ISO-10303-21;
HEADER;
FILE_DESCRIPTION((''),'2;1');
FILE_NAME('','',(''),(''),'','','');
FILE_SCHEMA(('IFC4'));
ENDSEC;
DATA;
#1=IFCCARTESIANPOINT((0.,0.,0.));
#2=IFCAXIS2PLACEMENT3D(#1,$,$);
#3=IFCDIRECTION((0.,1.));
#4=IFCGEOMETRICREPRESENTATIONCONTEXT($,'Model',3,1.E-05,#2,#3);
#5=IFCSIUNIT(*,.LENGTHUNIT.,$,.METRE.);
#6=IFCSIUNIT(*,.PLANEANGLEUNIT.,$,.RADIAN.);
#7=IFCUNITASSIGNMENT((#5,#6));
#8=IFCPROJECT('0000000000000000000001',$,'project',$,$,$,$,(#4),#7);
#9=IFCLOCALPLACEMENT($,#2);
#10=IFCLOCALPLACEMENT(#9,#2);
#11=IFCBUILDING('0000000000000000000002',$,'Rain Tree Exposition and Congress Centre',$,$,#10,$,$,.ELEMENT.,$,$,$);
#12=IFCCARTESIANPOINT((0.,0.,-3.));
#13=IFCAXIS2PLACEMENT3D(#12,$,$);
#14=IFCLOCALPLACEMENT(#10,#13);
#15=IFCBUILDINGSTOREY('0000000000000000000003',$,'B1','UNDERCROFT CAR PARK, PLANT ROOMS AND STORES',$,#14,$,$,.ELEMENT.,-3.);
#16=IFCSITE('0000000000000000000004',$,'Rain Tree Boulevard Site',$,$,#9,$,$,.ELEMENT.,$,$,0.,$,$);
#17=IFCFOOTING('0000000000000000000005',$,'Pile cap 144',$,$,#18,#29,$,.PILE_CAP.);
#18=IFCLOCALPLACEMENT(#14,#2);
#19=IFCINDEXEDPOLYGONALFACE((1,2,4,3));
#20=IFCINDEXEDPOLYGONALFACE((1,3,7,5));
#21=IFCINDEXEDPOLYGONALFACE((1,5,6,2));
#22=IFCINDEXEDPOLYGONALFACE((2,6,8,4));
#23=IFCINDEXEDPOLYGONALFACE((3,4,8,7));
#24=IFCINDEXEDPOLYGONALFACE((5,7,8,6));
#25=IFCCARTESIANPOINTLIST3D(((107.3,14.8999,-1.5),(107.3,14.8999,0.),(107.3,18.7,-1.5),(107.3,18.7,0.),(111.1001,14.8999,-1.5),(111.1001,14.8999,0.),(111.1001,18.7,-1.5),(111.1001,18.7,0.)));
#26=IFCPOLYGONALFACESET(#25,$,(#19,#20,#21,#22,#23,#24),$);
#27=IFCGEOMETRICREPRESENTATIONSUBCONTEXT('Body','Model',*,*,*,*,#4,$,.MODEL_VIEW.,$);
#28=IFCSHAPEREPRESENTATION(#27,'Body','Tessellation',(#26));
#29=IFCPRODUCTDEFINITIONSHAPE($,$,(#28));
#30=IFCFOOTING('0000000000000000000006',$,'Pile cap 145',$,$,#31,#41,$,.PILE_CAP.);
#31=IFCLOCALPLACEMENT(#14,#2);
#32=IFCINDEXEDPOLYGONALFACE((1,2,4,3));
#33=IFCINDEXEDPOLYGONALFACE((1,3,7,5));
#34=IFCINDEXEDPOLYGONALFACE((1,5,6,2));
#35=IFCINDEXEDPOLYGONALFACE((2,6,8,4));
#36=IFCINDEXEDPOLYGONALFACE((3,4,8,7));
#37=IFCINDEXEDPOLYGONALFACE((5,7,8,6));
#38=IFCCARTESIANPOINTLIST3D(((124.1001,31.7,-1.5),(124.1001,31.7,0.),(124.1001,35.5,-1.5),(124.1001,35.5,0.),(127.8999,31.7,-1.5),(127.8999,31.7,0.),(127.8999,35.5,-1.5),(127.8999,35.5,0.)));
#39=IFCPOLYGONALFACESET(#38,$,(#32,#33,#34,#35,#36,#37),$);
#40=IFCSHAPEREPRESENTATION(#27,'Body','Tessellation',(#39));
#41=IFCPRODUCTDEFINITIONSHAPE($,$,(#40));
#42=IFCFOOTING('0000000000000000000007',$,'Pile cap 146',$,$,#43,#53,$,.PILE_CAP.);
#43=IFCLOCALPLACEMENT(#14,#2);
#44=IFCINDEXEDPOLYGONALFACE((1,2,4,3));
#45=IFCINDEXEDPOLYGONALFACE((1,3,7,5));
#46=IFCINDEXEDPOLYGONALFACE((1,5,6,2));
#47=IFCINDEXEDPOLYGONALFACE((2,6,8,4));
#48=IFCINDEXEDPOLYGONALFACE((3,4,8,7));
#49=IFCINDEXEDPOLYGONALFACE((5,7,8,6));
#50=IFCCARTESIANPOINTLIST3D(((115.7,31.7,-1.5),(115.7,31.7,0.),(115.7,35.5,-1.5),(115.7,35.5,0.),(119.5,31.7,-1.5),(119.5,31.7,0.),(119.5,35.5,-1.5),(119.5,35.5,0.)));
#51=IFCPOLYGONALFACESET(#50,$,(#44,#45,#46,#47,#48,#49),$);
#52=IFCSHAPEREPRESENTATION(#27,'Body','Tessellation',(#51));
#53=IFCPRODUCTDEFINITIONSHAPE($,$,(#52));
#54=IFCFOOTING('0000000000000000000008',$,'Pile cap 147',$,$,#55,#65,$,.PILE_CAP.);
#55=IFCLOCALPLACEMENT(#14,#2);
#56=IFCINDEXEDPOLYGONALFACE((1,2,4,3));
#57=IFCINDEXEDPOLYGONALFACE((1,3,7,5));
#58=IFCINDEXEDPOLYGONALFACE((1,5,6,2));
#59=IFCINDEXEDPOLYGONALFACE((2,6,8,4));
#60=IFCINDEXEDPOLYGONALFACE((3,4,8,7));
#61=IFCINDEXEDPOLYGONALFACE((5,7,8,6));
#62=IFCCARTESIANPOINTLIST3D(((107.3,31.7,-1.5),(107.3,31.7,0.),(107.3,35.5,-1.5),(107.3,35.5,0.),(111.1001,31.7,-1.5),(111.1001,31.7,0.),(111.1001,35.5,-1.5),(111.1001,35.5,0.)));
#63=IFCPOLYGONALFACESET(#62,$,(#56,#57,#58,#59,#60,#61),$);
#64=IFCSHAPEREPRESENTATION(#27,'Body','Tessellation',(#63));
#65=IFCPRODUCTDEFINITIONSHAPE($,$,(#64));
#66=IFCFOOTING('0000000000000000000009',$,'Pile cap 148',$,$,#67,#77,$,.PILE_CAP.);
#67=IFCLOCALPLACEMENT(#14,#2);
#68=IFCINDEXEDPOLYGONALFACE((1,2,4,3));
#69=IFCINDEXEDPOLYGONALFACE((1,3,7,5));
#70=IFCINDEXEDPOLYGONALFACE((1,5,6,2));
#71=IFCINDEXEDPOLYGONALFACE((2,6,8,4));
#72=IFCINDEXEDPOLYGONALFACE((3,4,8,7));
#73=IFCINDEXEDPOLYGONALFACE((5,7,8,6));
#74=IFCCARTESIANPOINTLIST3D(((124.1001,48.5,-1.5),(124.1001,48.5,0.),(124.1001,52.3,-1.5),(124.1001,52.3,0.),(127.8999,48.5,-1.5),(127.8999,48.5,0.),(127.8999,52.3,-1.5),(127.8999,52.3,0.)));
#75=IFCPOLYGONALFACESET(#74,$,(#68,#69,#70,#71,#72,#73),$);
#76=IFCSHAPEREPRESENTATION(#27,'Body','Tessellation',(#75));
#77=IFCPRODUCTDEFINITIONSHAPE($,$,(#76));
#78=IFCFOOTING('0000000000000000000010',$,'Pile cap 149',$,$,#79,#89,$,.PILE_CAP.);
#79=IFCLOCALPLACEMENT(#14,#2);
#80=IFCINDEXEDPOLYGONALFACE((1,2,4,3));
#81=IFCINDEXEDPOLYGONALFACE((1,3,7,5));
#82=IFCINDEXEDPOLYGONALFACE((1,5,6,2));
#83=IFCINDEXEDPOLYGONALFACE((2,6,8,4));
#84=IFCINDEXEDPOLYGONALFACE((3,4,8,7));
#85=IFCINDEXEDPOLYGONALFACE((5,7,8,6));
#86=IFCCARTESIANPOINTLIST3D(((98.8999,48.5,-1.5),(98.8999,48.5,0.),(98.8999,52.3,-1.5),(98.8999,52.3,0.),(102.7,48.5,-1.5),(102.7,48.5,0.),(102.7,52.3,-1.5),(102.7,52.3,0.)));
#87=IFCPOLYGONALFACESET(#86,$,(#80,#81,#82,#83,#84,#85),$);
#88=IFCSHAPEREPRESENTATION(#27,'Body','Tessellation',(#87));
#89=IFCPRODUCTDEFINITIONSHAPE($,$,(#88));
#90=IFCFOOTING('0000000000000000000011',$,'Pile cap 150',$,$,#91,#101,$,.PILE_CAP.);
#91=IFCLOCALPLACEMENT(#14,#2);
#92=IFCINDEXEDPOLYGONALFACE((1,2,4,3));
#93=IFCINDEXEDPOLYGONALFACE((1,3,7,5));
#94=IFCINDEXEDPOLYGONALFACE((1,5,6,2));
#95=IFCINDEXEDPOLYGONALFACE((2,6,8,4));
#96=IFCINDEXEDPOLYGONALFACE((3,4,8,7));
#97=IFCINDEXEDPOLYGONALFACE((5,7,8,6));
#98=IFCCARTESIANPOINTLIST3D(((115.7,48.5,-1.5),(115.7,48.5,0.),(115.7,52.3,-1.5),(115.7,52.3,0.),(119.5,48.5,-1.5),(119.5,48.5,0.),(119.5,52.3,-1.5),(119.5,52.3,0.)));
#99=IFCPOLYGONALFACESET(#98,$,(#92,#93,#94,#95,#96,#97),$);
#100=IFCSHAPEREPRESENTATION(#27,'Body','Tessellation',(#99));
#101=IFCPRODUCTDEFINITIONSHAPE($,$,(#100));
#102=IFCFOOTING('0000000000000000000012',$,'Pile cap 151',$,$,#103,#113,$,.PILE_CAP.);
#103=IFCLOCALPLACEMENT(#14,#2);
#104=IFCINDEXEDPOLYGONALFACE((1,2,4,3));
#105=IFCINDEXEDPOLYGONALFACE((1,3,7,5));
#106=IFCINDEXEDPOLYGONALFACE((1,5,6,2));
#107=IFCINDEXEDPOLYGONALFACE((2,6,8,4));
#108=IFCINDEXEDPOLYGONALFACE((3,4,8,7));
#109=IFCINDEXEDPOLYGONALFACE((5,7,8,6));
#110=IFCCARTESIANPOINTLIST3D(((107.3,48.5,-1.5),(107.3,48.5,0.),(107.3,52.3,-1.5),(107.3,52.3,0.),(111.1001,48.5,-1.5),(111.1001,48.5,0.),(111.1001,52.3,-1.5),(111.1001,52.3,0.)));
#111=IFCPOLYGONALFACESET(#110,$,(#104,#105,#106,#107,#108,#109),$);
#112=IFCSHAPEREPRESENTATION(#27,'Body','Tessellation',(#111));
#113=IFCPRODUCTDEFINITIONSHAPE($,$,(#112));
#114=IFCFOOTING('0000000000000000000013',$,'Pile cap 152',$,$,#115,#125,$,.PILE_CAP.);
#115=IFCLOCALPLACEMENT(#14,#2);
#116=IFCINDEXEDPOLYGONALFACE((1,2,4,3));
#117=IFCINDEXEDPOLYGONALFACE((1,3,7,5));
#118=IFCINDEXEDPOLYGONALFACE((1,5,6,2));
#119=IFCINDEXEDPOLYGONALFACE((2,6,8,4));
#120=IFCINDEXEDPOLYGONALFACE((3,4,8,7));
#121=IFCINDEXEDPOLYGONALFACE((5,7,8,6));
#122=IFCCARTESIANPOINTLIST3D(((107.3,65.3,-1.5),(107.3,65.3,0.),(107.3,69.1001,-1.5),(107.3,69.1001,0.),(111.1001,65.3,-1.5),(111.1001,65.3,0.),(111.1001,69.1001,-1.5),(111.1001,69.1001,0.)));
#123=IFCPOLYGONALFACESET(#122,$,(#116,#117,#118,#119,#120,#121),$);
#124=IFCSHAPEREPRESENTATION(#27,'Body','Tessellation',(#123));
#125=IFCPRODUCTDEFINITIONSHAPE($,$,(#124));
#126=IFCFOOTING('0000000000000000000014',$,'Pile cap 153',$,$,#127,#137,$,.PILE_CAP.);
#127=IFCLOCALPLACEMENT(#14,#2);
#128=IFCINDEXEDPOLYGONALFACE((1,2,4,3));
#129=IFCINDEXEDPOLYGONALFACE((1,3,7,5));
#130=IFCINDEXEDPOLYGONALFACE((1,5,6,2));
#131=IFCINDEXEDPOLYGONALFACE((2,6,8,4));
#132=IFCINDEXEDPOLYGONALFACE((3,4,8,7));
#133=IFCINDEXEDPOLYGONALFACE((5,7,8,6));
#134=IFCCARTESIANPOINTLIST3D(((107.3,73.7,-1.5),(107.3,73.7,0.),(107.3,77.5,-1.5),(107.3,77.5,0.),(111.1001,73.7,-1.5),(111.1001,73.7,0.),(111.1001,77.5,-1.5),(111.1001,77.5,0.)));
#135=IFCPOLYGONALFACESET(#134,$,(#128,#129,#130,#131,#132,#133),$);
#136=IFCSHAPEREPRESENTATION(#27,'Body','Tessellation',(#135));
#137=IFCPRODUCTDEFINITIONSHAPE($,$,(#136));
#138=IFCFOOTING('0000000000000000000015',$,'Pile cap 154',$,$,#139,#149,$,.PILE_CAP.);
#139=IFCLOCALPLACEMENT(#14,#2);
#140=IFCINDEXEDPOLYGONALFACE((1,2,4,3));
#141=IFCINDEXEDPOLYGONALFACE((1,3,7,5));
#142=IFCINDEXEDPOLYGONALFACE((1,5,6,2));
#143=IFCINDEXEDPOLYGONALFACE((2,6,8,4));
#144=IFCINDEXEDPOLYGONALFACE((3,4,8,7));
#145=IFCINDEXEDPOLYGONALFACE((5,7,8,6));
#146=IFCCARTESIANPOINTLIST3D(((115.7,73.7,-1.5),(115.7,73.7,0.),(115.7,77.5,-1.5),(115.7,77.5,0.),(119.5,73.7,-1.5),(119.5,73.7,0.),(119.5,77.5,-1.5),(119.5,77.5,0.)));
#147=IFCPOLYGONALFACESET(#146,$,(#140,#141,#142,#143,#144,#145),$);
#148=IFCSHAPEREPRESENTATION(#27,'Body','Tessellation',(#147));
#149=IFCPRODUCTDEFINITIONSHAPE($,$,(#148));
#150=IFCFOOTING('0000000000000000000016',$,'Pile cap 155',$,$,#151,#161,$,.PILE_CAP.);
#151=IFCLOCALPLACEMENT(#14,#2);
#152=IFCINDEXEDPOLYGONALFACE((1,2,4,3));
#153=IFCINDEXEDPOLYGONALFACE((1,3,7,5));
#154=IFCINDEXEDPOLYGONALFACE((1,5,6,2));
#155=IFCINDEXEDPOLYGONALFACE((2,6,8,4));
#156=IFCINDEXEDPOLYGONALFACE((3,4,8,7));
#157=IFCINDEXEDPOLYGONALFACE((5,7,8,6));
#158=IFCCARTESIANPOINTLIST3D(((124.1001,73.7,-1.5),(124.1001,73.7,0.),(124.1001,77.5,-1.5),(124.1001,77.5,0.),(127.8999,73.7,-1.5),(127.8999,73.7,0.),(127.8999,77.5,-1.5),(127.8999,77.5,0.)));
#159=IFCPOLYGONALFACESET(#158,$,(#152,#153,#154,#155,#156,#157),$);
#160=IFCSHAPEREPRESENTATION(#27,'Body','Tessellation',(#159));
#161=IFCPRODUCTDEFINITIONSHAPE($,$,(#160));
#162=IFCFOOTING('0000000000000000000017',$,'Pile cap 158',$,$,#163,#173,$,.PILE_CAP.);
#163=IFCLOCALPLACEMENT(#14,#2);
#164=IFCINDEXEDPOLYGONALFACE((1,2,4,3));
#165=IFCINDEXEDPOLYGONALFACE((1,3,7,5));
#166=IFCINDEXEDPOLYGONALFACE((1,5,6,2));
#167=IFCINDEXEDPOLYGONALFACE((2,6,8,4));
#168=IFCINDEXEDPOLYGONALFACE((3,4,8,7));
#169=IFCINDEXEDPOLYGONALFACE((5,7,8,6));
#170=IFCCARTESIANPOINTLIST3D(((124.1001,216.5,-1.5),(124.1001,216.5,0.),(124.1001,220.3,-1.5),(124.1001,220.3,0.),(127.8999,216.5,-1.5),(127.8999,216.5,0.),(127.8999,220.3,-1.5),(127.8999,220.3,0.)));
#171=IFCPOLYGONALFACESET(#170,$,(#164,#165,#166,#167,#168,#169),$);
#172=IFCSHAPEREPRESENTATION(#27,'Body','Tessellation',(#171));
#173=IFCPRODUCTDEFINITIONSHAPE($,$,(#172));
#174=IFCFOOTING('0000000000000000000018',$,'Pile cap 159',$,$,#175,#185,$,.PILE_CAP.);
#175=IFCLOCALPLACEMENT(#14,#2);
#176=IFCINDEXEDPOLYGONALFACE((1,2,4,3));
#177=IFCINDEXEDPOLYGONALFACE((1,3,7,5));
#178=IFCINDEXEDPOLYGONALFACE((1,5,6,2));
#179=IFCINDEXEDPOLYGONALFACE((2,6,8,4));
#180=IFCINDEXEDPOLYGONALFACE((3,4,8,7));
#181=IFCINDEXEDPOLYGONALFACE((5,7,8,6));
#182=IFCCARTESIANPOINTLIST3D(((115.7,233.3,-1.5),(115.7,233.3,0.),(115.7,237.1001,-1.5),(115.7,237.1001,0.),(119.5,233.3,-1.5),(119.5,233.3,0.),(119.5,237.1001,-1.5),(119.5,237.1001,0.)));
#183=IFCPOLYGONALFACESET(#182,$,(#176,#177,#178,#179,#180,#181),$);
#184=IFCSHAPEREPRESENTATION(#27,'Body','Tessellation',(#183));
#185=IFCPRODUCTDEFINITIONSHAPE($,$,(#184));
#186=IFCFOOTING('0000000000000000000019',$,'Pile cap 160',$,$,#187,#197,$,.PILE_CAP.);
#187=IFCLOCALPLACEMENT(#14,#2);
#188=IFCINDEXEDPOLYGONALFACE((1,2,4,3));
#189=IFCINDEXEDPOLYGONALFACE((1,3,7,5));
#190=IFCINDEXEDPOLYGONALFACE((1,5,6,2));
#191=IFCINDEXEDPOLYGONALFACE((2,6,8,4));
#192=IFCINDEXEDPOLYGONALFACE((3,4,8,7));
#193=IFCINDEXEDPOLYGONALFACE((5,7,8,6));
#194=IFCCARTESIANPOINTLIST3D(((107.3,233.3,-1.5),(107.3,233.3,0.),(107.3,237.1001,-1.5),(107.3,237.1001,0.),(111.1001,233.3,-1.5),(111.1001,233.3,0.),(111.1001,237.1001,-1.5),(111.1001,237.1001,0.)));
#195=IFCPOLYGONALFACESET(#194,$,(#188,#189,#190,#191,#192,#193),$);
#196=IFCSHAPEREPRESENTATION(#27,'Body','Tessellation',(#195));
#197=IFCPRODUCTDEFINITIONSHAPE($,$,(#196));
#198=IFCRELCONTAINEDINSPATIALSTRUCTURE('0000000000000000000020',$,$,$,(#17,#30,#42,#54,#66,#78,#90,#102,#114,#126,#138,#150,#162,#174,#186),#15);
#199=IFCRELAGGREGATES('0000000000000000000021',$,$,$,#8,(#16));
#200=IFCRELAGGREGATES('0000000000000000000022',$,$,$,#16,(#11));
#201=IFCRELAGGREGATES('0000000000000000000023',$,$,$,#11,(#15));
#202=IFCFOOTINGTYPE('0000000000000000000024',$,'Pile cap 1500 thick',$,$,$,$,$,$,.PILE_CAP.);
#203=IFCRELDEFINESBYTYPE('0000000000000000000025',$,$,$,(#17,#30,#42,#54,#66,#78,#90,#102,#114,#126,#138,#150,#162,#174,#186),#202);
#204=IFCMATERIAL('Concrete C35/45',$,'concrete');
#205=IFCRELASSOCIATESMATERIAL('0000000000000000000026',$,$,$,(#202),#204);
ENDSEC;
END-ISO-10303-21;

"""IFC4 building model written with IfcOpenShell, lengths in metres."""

from ifc_helpers import new_model, si_unit, direction, frame, origin, place, context, subcontext, project, spatial, polyline, outline, extrude, material, type_object, element, save


model = new_model("IFC4")

# Units and contexts
model_context = context("Model", 3, precision=1e-05, world=origin(), true_north=direction((0.0, 1.0)))
body_context = subcontext(model_context, "Body", "Model", "MODEL_VIEW")
ifc_project = project(units=[si_unit("LENGTHUNIT", "METRE"), si_unit("PLANEANGLEUNIT", "RADIAN")], contexts=[model_context])

# Site, building, storey
site_placement = place(None, origin())
site = spatial("IfcSite", under=ifc_project, at=site_placement, Name="Rain Tree Boulevard Site", CompositionType="ELEMENT", RefElevation=0.0)
building_placement = place(site_placement, origin())
building = spatial("IfcBuilding", under=site, at=building_placement, Name="Rain Tree Exposition and Congress Centre", CompositionType="ELEMENT")
storey_placement = place(building_placement, frame((0.0, 0.0, -3.0)))
storey = spatial("IfcBuildingStorey", under=building, at=storey_placement, Name="B1", Description="UNDERCROFT CAR PARK, PLANT ROOMS AND STORES", CompositionType="ELEMENT", Elevation=-3.0)

# Footings
ifc_material_1 = material(Name="Concrete C35/45", Category="concrete")
footing_type_1 = type_object("IfcFootingType", Name="Pile cap 1500 thick", PredefinedType="PILE_CAP", material=ifc_material_1)
footing_1_placement = place(storey_placement, frame((0.0, 0.0, -1.5)))
element("IfcFooting", 1, at=footing_1_placement, inside=storey, type_object=footing_type_1, Name="Pile cap 144", PredefinedType="PILE_CAP", context=body_context, shape_type="SweptSolid", body=[
    extrude(outline(polyline([(111.1001, 14.8999), (111.1001, 18.7), (107.3, 18.7), (107.3, 14.8999), (111.1001, 14.8999)])), origin(), (0.0, 0.0, 1.0), 1.5),
])
footing_2_placement = place(storey_placement, frame((0.0, 0.0, -1.5)))
element("IfcFooting", 2, at=footing_2_placement, inside=storey, type_object=footing_type_1, Name="Pile cap 145", PredefinedType="PILE_CAP", context=body_context, shape_type="SweptSolid", body=[
    extrude(outline(polyline([(127.8999, 31.7), (127.8999, 35.5), (124.1001, 35.5), (124.1001, 31.7), (127.8999, 31.7)])), origin(), (0.0, 0.0, 1.0), 1.5),
])
footing_3_placement = place(storey_placement, frame((0.0, 0.0, -1.5)))
element("IfcFooting", 3, at=footing_3_placement, inside=storey, type_object=footing_type_1, Name="Pile cap 146", PredefinedType="PILE_CAP", context=body_context, shape_type="SweptSolid", body=[
    extrude(outline(polyline([(119.5, 31.7), (119.5, 35.5), (115.7, 35.5), (115.7, 31.7), (119.5, 31.7)])), origin(), (0.0, 0.0, 1.0), 1.5),
])
footing_4_placement = place(storey_placement, frame((0.0, 0.0, -1.5)))
element("IfcFooting", 4, at=footing_4_placement, inside=storey, type_object=footing_type_1, Name="Pile cap 147", PredefinedType="PILE_CAP", context=body_context, shape_type="SweptSolid", body=[
    extrude(outline(polyline([(111.1001, 31.7), (111.1001, 35.5), (107.3, 35.5), (107.3, 31.7), (111.1001, 31.7)])), origin(), (0.0, 0.0, 1.0), 1.5),
])
footing_5_placement = place(storey_placement, frame((0.0, 0.0, -1.5)))
element("IfcFooting", 5, at=footing_5_placement, inside=storey, type_object=footing_type_1, Name="Pile cap 148", PredefinedType="PILE_CAP", context=body_context, shape_type="SweptSolid", body=[
    extrude(outline(polyline([(127.8999, 48.5), (127.8999, 52.3), (124.1001, 52.3), (124.1001, 48.5), (127.8999, 48.5)])), origin(), (0.0, 0.0, 1.0), 1.5),
])
footing_6_placement = place(storey_placement, frame((0.0, 0.0, -1.5)))
element("IfcFooting", 6, at=footing_6_placement, inside=storey, type_object=footing_type_1, Name="Pile cap 149", PredefinedType="PILE_CAP", context=body_context, shape_type="SweptSolid", body=[
    extrude(outline(polyline([(102.7, 48.5), (102.7, 52.3), (98.8999, 52.3), (98.8999, 48.5), (102.7, 48.5)])), origin(), (0.0, 0.0, 1.0), 1.5),
])
footing_7_placement = place(storey_placement, frame((0.0, 0.0, -1.5)))
element("IfcFooting", 7, at=footing_7_placement, inside=storey, type_object=footing_type_1, Name="Pile cap 150", PredefinedType="PILE_CAP", context=body_context, shape_type="SweptSolid", body=[
    extrude(outline(polyline([(119.5, 48.5), (119.5, 52.3), (115.7, 52.3), (115.7, 48.5), (119.5, 48.5)])), origin(), (0.0, 0.0, 1.0), 1.5),
])
footing_8_placement = place(storey_placement, frame((0.0, 0.0, -1.5)))
element("IfcFooting", 8, at=footing_8_placement, inside=storey, type_object=footing_type_1, Name="Pile cap 151", PredefinedType="PILE_CAP", context=body_context, shape_type="SweptSolid", body=[
    extrude(outline(polyline([(111.1001, 48.5), (111.1001, 52.3), (107.3, 52.3), (107.3, 48.5), (111.1001, 48.5)])), origin(), (0.0, 0.0, 1.0), 1.5),
])
footing_9_placement = place(storey_placement, frame((0.0, 0.0, -1.5)))
element("IfcFooting", 9, at=footing_9_placement, inside=storey, type_object=footing_type_1, Name="Pile cap 152", PredefinedType="PILE_CAP", context=body_context, shape_type="SweptSolid", body=[
    extrude(outline(polyline([(111.1001, 65.3), (111.1001, 69.1001), (107.3, 69.1001), (107.3, 65.3), (111.1001, 65.3)])), origin(), (0.0, 0.0, 1.0), 1.5),
])
footing_10_placement = place(storey_placement, frame((0.0, 0.0, -1.5)))
element("IfcFooting", 10, at=footing_10_placement, inside=storey, type_object=footing_type_1, Name="Pile cap 153", PredefinedType="PILE_CAP", context=body_context, shape_type="SweptSolid", body=[
    extrude(outline(polyline([(111.1001, 73.7), (111.1001, 77.5), (107.3, 77.5), (107.3, 73.7), (111.1001, 73.7)])), origin(), (0.0, 0.0, 1.0), 1.5),
])
footing_11_placement = place(storey_placement, frame((0.0, 0.0, -1.5)))
element("IfcFooting", 11, at=footing_11_placement, inside=storey, type_object=footing_type_1, Name="Pile cap 154", PredefinedType="PILE_CAP", context=body_context, shape_type="SweptSolid", body=[
    extrude(outline(polyline([(119.5, 73.7), (119.5, 77.5), (115.7, 77.5), (115.7, 73.7), (119.5, 73.7)])), origin(), (0.0, 0.0, 1.0), 1.5),
])
footing_12_placement = place(storey_placement, frame((0.0, 0.0, -1.5)))
element("IfcFooting", 12, at=footing_12_placement, inside=storey, type_object=footing_type_1, Name="Pile cap 155", PredefinedType="PILE_CAP", context=body_context, shape_type="SweptSolid", body=[
    extrude(outline(polyline([(127.8999, 73.7), (127.8999, 77.5), (124.1001, 77.5), (124.1001, 73.7), (127.8999, 73.7)])), origin(), (0.0, 0.0, 1.0), 1.5),
])
footing_13_placement = place(storey_placement, frame((0.0, 0.0, -1.5)))
element("IfcFooting", 13, at=footing_13_placement, inside=storey, type_object=footing_type_1, Name="Pile cap 158", PredefinedType="PILE_CAP", context=body_context, shape_type="SweptSolid", body=[
    extrude(outline(polyline([(127.8999, 216.5), (127.8999, 220.3), (124.1001, 220.3), (124.1001, 216.5), (127.8999, 216.5)])), origin(), (0.0, 0.0, 1.0), 1.5),
])
footing_14_placement = place(storey_placement, frame((0.0, 0.0, -1.5)))
element("IfcFooting", 14, at=footing_14_placement, inside=storey, type_object=footing_type_1, Name="Pile cap 159", PredefinedType="PILE_CAP", context=body_context, shape_type="SweptSolid", body=[
    extrude(outline(polyline([(119.5, 233.3), (119.5, 237.1001), (115.7, 237.1001), (115.7, 233.3), (119.5, 233.3)])), origin(), (0.0, 0.0, 1.0), 1.5),
])
footing_15_placement = place(storey_placement, frame((0.0, 0.0, -1.5)))
element("IfcFooting", 15, at=footing_15_placement, inside=storey, type_object=footing_type_1, Name="Pile cap 160", PredefinedType="PILE_CAP", context=body_context, shape_type="SweptSolid", body=[
    extrude(outline(polyline([(111.1001, 233.3), (111.1001, 237.1001), (107.3, 237.1001), (107.3, 233.3), (111.1001, 233.3)])), origin(), (0.0, 0.0, 1.0), 1.5),
])

save(model, "model.ifc")
